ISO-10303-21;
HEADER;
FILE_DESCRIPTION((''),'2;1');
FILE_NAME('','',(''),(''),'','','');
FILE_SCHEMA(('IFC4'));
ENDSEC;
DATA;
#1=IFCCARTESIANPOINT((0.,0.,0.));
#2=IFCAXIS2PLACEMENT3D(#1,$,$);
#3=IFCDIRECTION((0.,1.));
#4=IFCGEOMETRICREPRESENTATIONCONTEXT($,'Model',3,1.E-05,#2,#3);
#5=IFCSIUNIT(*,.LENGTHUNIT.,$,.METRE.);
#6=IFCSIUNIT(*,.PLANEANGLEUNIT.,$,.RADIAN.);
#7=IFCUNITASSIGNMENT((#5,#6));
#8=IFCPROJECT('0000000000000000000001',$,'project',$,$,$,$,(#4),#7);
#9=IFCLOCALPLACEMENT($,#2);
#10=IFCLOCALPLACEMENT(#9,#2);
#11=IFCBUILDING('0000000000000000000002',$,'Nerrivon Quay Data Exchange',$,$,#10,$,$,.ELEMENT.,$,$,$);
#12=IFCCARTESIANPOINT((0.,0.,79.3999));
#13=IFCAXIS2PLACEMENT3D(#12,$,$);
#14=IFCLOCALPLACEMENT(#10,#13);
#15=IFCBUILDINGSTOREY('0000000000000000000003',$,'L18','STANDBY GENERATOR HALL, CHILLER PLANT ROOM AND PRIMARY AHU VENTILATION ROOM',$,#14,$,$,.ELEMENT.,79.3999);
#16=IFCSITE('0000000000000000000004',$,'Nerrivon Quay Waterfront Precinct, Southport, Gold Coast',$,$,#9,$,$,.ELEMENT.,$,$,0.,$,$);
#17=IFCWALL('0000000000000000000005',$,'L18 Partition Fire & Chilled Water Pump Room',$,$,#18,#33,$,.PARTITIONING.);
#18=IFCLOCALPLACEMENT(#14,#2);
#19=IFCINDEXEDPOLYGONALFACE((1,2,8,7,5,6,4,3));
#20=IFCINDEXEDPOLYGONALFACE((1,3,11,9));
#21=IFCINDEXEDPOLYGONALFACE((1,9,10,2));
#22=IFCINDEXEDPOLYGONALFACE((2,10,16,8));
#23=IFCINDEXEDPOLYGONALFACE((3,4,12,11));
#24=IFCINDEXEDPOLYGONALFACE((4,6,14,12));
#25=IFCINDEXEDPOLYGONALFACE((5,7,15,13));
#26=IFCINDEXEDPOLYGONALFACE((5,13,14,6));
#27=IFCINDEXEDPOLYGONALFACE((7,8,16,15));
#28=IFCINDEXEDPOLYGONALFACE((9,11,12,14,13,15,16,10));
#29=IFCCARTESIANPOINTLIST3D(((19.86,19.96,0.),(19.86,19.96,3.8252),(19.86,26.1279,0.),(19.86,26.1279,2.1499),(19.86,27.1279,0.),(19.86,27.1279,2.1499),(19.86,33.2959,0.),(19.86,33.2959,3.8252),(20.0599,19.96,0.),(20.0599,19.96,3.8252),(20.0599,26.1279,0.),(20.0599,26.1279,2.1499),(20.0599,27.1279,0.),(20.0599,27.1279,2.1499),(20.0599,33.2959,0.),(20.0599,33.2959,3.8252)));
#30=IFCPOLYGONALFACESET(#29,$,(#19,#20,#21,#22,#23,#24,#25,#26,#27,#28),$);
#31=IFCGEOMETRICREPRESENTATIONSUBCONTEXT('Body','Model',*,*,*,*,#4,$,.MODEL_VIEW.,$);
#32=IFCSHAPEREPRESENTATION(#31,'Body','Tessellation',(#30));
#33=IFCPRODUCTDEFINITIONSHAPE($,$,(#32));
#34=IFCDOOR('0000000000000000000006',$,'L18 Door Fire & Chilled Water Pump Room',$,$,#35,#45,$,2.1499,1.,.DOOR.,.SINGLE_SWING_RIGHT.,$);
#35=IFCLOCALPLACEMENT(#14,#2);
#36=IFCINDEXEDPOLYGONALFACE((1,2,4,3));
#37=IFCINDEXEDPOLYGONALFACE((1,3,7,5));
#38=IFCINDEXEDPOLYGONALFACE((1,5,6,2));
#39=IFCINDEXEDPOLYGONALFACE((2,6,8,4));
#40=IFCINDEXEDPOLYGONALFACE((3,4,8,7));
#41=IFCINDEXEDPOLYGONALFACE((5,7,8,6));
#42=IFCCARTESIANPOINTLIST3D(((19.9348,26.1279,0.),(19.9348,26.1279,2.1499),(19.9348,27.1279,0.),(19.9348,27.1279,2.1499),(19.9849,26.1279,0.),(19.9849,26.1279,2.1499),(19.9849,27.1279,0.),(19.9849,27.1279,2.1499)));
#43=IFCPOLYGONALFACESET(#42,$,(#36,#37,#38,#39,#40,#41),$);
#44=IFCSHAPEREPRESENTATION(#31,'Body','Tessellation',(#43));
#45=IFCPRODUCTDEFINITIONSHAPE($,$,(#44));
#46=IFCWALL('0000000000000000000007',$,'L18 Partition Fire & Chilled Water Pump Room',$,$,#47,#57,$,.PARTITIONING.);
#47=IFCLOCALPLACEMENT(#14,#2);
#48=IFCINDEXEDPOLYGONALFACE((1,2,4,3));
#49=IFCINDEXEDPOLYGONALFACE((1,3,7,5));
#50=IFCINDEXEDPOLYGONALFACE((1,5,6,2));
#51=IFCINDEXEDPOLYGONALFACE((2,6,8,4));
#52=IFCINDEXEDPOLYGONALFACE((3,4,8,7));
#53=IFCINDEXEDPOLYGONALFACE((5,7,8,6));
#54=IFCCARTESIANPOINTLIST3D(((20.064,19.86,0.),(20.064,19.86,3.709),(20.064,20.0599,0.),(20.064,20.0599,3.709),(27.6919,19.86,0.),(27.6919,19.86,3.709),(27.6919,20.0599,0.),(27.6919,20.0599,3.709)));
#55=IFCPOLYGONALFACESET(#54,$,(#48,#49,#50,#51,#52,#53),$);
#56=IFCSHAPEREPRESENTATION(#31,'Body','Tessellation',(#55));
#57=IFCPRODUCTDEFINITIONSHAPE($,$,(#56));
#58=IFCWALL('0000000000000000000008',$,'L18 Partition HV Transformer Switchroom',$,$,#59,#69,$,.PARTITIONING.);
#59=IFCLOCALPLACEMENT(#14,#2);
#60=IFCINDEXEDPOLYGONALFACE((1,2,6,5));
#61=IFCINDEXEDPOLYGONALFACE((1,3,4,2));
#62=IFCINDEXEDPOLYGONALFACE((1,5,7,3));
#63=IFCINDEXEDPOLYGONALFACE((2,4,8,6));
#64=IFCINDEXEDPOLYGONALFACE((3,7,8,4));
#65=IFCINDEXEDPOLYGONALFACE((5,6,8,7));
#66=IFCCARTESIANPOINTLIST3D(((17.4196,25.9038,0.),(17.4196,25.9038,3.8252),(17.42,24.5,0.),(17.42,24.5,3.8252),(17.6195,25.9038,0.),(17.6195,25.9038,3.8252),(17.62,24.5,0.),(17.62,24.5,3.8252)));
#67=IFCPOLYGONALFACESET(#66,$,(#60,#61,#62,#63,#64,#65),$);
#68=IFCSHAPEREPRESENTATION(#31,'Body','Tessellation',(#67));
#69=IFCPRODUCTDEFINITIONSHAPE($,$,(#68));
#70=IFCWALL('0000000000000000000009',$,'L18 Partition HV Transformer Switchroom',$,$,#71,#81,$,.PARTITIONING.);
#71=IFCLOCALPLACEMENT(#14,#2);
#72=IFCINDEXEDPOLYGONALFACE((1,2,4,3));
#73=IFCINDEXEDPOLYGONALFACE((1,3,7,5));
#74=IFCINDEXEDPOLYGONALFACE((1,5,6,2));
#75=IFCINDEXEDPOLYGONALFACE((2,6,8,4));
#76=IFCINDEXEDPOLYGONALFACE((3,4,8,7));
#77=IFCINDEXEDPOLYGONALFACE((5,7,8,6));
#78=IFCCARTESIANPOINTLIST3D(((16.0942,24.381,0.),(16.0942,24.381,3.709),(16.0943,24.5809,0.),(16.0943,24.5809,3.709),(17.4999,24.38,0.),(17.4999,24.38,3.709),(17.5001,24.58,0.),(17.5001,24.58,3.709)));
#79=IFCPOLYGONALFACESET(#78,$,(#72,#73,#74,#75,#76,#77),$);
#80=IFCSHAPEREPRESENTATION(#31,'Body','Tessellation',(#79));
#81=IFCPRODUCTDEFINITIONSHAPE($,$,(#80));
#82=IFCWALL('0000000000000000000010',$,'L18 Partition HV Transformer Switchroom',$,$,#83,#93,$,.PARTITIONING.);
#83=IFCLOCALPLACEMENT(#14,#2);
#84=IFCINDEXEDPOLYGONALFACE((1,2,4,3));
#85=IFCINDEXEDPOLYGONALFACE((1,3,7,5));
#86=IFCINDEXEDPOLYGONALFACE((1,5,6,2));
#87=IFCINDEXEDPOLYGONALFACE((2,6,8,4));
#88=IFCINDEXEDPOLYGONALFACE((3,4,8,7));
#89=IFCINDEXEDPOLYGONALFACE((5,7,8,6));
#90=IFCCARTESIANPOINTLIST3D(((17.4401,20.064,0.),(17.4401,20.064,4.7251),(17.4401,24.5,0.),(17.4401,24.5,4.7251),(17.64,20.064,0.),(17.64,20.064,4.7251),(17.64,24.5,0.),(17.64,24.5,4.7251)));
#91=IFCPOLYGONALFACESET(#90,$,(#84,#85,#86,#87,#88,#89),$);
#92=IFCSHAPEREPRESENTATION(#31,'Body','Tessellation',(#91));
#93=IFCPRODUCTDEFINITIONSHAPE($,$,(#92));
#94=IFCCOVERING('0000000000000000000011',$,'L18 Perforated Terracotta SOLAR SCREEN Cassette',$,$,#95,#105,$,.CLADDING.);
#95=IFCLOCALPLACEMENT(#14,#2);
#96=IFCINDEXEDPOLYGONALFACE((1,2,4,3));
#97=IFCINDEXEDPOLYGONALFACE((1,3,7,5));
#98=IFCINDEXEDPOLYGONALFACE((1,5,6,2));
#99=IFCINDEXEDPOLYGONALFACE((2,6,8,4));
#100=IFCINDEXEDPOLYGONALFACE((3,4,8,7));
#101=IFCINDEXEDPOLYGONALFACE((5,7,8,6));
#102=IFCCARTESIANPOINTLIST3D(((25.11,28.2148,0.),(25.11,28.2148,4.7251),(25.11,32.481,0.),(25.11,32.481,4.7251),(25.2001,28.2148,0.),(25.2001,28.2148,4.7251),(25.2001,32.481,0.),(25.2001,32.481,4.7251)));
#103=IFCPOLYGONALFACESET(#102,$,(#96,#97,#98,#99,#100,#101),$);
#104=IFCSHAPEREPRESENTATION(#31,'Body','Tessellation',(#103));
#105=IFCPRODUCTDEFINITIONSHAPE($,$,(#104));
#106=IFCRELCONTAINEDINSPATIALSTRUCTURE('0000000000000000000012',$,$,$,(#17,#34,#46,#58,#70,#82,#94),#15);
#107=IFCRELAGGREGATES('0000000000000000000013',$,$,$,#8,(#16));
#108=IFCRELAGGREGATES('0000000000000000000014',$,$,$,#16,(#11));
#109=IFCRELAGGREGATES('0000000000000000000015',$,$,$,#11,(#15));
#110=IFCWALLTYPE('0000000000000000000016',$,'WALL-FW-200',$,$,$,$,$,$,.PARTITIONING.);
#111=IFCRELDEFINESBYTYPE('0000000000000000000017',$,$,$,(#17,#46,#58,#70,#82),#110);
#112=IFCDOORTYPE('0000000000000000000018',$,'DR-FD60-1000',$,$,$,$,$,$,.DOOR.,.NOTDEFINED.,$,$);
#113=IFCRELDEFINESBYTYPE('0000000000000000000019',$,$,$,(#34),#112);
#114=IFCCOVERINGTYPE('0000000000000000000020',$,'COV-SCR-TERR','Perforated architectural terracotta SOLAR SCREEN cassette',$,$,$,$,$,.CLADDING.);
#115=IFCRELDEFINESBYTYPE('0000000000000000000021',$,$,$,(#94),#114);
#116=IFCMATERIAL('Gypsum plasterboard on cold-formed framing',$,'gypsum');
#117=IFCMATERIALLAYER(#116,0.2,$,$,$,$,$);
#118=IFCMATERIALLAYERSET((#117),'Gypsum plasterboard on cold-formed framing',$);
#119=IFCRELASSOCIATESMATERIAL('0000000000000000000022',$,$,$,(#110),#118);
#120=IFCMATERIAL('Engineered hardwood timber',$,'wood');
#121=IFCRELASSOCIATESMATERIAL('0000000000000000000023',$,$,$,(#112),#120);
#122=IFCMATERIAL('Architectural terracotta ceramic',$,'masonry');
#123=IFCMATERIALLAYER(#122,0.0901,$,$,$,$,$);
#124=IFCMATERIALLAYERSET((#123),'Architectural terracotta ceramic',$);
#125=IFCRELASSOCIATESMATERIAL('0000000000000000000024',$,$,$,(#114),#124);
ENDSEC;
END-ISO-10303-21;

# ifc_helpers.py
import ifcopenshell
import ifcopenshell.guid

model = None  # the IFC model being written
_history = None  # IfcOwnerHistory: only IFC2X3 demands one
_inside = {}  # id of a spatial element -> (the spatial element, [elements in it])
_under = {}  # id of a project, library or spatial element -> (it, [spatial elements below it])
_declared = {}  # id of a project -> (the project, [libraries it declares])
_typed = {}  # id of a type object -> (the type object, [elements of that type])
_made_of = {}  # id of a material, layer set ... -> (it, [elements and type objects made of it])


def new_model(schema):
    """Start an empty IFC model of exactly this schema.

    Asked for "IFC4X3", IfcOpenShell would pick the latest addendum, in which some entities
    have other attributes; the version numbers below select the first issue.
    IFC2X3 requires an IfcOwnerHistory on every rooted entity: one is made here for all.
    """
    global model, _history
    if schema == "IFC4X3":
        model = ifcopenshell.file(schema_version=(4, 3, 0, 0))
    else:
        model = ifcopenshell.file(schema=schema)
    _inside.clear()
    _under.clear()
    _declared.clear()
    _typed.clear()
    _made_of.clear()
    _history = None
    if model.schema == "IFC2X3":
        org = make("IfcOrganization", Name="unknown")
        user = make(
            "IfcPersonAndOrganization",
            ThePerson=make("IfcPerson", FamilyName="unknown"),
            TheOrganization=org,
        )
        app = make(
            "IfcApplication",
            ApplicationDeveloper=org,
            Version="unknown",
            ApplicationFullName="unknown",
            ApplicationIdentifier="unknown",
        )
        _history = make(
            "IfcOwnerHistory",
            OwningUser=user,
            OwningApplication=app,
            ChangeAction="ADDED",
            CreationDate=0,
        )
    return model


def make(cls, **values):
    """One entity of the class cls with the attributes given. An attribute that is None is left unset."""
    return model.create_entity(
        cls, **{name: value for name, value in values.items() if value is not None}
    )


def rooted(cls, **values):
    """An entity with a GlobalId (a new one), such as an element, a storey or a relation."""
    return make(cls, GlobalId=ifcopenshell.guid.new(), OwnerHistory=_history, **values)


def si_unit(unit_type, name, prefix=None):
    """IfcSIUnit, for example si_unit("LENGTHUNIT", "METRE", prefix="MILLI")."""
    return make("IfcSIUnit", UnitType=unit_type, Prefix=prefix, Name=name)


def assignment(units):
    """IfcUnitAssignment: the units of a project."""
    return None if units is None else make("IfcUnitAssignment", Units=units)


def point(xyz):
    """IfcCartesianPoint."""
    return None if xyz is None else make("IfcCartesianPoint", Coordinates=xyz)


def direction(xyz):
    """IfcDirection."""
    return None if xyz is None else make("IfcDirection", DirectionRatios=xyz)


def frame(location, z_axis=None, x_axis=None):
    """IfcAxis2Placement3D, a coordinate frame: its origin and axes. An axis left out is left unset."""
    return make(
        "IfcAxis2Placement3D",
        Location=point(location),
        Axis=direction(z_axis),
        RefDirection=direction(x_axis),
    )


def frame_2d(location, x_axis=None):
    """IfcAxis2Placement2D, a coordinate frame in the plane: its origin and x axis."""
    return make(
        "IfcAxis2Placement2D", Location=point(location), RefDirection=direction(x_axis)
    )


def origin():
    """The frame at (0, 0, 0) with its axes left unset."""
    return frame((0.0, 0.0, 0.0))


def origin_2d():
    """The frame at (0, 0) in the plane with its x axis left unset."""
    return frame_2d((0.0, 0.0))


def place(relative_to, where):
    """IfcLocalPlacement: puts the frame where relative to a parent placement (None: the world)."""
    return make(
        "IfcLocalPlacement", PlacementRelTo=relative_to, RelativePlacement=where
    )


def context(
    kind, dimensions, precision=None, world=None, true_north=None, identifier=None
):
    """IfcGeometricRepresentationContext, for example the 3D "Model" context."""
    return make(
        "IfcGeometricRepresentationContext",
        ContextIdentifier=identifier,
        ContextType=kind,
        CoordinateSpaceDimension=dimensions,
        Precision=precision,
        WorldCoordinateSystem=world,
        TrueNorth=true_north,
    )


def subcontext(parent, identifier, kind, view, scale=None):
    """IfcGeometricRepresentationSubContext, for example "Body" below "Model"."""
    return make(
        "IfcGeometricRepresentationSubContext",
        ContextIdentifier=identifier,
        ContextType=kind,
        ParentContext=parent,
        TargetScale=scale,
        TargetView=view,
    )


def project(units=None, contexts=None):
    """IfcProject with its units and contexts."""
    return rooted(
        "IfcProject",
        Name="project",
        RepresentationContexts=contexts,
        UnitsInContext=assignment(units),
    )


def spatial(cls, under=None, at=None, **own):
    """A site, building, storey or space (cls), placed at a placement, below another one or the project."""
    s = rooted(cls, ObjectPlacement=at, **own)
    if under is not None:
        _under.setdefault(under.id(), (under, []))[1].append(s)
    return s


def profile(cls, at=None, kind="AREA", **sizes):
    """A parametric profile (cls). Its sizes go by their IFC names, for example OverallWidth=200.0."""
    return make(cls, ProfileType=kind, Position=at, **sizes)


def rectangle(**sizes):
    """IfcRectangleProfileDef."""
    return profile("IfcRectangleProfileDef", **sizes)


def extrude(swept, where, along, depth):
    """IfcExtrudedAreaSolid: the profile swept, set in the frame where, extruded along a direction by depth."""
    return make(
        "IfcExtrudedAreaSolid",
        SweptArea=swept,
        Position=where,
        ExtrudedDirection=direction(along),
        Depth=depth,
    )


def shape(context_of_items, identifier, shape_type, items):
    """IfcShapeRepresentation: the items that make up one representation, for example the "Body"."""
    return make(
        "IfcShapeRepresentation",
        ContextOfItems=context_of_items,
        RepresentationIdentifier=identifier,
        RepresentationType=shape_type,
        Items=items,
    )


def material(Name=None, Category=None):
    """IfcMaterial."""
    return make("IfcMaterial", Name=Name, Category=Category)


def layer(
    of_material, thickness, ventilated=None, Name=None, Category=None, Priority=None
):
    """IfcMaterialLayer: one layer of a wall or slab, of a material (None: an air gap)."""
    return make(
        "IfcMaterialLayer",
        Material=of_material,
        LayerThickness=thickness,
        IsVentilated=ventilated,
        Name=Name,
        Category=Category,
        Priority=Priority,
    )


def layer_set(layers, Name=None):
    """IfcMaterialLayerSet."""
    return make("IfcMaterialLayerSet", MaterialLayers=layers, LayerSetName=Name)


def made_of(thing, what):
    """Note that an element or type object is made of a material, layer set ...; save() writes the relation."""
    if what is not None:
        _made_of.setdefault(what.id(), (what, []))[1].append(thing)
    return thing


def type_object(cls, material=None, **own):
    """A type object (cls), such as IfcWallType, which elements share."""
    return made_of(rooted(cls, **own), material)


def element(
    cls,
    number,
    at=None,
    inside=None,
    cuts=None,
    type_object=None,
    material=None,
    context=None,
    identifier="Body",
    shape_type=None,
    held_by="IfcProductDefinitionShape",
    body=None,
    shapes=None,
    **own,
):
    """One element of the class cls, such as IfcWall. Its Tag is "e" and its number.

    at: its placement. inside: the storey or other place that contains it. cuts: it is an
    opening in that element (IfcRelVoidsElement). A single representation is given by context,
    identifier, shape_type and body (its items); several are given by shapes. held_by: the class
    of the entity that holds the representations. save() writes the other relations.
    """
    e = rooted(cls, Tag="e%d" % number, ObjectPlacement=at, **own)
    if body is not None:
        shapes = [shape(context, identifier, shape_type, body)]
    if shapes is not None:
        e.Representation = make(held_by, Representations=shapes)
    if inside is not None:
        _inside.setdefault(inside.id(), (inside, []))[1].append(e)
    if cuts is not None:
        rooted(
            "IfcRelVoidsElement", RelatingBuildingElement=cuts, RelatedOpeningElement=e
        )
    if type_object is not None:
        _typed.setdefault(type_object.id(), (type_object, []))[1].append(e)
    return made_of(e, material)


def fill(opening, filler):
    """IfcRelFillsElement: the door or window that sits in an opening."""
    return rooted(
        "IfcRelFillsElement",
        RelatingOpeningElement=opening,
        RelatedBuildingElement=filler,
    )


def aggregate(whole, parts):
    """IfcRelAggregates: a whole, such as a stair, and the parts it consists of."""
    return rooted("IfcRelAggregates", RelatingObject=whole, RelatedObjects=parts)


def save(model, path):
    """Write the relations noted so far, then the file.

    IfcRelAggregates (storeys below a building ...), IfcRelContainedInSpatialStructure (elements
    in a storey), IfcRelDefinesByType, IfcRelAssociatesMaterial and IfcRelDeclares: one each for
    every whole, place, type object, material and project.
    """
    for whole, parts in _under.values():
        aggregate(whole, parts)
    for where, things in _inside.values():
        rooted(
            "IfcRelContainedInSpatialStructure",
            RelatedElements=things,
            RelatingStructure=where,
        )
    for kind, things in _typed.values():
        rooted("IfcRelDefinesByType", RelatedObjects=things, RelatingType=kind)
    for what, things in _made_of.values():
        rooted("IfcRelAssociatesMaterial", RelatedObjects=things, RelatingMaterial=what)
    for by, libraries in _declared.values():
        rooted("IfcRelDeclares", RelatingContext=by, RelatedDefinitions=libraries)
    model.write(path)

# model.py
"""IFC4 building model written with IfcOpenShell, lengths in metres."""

from ifc_helpers import new_model, si_unit, direction, frame, frame_2d, origin, origin_2d, place, context, subcontext, project, spatial, rectangle, extrude, material, layer, layer_set, type_object, element, fill, save


model = new_model("IFC4")

# Units and contexts
model_context = context("Model", 3, precision=1e-05, world=origin(), true_north=direction((0.0, 1.0)))
body_context = subcontext(model_context, "Body", "Model", "MODEL_VIEW")
ifc_project = project(units=[si_unit("LENGTHUNIT", "METRE"), si_unit("PLANEANGLEUNIT", "RADIAN")], contexts=[model_context])

# Site, building, storey
site_placement = place(None, origin())
site = spatial("IfcSite", under=ifc_project, at=site_placement, Name="Nerrivon Quay Waterfront Precinct, Southport, Gold Coast", CompositionType="ELEMENT", RefElevation=0.0)
building_placement = place(site_placement, origin())
building = spatial("IfcBuilding", under=site, at=building_placement, Name="Nerrivon Quay Data Exchange", CompositionType="ELEMENT")
storey_placement = place(building_placement, frame((0.0, 0.0, 79.3999)))
storey = spatial("IfcBuildingStorey", under=building, at=storey_placement, Name="L18", Description="STANDBY GENERATOR HALL, CHILLER PLANT ROOM AND PRIMARY AHU VENTILATION ROOM", CompositionType="ELEMENT", Elevation=79.3999)

# Shared definitions
ifc_material_1 = material(Name="Gypsum plasterboard on cold-formed framing", Category="gypsum")
ifc_layer_1 = layer(ifc_material_1, 0.2)
ifc_layer_set_1 = layer_set([ifc_layer_1], Name="Gypsum plasterboard on cold-formed framing")
wall_type_1 = type_object("IfcWallType", Name="WALL-FW-200", PredefinedType="PARTITIONING", material=ifc_layer_set_1)

# Wall, opening, door
wall_1_placement = place(storey_placement, frame((19.96, 33.2959, 0.0), z_axis=(0.0, 0.0, 1.0), x_axis=(0.0, -1.0, 0.0)))
wall_1 = element("IfcWall", 1, at=wall_1_placement, inside=storey, type_object=wall_type_1, Name="L18 Partition Fire & Chilled Water Pump Room", PredefinedType="PARTITIONING", context=body_context, shape_type="SweptSolid", body=[
    extrude(rectangle(XDim=13.3359, YDim=0.2, at=frame_2d((6.668, 0.0))), origin(), (0.0, 0.0, 1.0), 3.8252),
])
opening_placement = place(wall_1_placement, frame((6.168, 0.0, 0.0)))
opening = element("IfcOpeningElement", 2, at=opening_placement, cuts=wall_1, PredefinedType="OPENING", context=body_context, shape_type="SweptSolid", body=[
    extrude(rectangle(XDim=1.0, YDim=2.1499, at=frame_2d((0.5, 1.075))), frame((0.0, 0.1099, 0.0), z_axis=(0.0, -1.0, 0.0), x_axis=(1.0, 0.0, 0.0)), (0.0, 0.0, 1.0), 0.22),
])
ifc_material_2 = material(Name="Engineered hardwood timber", Category="wood")
door_type = type_object("IfcDoorType", Name="DR-FD60-1000", OperationType="NOTDEFINED", PredefinedType="DOOR", material=ifc_material_2)
door_placement = place(opening_placement, origin())
door = element("IfcDoor", 3, at=door_placement, inside=storey, type_object=door_type, Name="L18 Door Fire & Chilled Water Pump Room", OperationType="SINGLE_SWING_RIGHT", OverallHeight=2.1499, OverallWidth=1.0, PredefinedType="DOOR", context=body_context, shape_type="SweptSolid", body=[
    extrude(rectangle(XDim=1.0, YDim=2.1499, at=frame_2d((0.5, 1.075))), frame((0.0, 0.0249, 0.0), z_axis=(0.0, -1.0, 0.0), x_axis=(1.0, 0.0, 0.0)), (0.0, 0.0, 1.0), 0.05),
])
fill(opening, door)

# Walls
wall_2_placement = place(storey_placement, frame((20.064, 19.96, 0.0), z_axis=(0.0, 0.0, 1.0), x_axis=(1.0, 0.0, 0.0)))
element("IfcWall", 4, at=wall_2_placement, inside=storey, type_object=wall_type_1, Name="L18 Partition Fire & Chilled Water Pump Room", PredefinedType="PARTITIONING", context=body_context, shape_type="SweptSolid", body=[
    extrude(rectangle(XDim=7.6279, YDim=0.2, at=frame_2d((3.814, 0.0))), origin(), (0.0, 0.0, 1.0), 3.709),
])
wall_3_placement = place(storey_placement, frame((17.5195, 25.9038, 0.0), z_axis=(0.0, 0.0, 1.0), x_axis=(0.000348, -1.0, 0.0)))
element("IfcWall", 5, at=wall_3_placement, inside=storey, type_object=wall_type_1, Name="L18 Partition HV Transformer Switchroom", PredefinedType="PARTITIONING", context=body_context, shape_type="SweptSolid", body=[
    extrude(rectangle(XDim=1.4038, YDim=0.2, at=frame_2d((0.7019, 0.0))), origin(), (0.0, 0.0, 1.0), 3.8252),
])
wall_4_placement = place(storey_placement, frame((17.5, 24.48, 0.0), z_axis=(0.0, 0.0, 1.0), x_axis=(-1.0, 0.000695, 0.0)))
element("IfcWall", 6, at=wall_4_placement, inside=storey, type_object=wall_type_1, Name="L18 Partition HV Transformer Switchroom", PredefinedType="PARTITIONING", context=body_context, shape_type="SweptSolid", body=[
    extrude(rectangle(XDim=1.4058, YDim=0.2, at=frame_2d((0.7029, 0.0))), origin(), (0.0, 0.0, 1.0), 3.709),
])
wall_5_placement = place(storey_placement, frame((17.54, 20.064, 0.0), z_axis=(0.0, 0.0, 1.0), x_axis=(0.0, 1.0, 0.0)))
element("IfcWall", 7, at=wall_5_placement, inside=storey, type_object=wall_type_1, Name="L18 Partition HV Transformer Switchroom", PredefinedType="PARTITIONING", context=body_context, shape_type="SweptSolid", body=[
    extrude(rectangle(XDim=4.436, YDim=0.2, at=frame_2d((2.218, 0.0))), origin(), (0.0, 0.0, 1.0), 4.7251),
])

# Covering
ifc_material_3 = material(Name="Architectural terracotta ceramic", Category="masonry")
ifc_layer_2 = layer(ifc_material_3, 0.0901)
ifc_layer_set_2 = layer_set([ifc_layer_2], Name="Architectural terracotta ceramic")
covering_type = type_object("IfcCoveringType", Name="COV-SCR-TERR", Description="Perforated architectural terracotta SOLAR SCREEN cassette", PredefinedType="CLADDING", material=ifc_layer_set_2)
covering_placement = place(storey_placement, frame((25.155, 30.3479, 0.0), z_axis=(0.0, 0.0, 1.0), x_axis=(0.0, -1.0, 0.0)))
element("IfcCovering", 8, at=covering_placement, inside=storey, type_object=covering_type, Name="L18 Perforated Terracotta SOLAR SCREEN Cassette", PredefinedType="CLADDING", context=body_context, shape_type="SweptSolid", body=[
    extrude(rectangle(XDim=4.2661, YDim=0.0901, at=origin_2d()), origin(), (0.0, 0.0, 1.0), 4.7251),
])

save(model, "model.ifc")
